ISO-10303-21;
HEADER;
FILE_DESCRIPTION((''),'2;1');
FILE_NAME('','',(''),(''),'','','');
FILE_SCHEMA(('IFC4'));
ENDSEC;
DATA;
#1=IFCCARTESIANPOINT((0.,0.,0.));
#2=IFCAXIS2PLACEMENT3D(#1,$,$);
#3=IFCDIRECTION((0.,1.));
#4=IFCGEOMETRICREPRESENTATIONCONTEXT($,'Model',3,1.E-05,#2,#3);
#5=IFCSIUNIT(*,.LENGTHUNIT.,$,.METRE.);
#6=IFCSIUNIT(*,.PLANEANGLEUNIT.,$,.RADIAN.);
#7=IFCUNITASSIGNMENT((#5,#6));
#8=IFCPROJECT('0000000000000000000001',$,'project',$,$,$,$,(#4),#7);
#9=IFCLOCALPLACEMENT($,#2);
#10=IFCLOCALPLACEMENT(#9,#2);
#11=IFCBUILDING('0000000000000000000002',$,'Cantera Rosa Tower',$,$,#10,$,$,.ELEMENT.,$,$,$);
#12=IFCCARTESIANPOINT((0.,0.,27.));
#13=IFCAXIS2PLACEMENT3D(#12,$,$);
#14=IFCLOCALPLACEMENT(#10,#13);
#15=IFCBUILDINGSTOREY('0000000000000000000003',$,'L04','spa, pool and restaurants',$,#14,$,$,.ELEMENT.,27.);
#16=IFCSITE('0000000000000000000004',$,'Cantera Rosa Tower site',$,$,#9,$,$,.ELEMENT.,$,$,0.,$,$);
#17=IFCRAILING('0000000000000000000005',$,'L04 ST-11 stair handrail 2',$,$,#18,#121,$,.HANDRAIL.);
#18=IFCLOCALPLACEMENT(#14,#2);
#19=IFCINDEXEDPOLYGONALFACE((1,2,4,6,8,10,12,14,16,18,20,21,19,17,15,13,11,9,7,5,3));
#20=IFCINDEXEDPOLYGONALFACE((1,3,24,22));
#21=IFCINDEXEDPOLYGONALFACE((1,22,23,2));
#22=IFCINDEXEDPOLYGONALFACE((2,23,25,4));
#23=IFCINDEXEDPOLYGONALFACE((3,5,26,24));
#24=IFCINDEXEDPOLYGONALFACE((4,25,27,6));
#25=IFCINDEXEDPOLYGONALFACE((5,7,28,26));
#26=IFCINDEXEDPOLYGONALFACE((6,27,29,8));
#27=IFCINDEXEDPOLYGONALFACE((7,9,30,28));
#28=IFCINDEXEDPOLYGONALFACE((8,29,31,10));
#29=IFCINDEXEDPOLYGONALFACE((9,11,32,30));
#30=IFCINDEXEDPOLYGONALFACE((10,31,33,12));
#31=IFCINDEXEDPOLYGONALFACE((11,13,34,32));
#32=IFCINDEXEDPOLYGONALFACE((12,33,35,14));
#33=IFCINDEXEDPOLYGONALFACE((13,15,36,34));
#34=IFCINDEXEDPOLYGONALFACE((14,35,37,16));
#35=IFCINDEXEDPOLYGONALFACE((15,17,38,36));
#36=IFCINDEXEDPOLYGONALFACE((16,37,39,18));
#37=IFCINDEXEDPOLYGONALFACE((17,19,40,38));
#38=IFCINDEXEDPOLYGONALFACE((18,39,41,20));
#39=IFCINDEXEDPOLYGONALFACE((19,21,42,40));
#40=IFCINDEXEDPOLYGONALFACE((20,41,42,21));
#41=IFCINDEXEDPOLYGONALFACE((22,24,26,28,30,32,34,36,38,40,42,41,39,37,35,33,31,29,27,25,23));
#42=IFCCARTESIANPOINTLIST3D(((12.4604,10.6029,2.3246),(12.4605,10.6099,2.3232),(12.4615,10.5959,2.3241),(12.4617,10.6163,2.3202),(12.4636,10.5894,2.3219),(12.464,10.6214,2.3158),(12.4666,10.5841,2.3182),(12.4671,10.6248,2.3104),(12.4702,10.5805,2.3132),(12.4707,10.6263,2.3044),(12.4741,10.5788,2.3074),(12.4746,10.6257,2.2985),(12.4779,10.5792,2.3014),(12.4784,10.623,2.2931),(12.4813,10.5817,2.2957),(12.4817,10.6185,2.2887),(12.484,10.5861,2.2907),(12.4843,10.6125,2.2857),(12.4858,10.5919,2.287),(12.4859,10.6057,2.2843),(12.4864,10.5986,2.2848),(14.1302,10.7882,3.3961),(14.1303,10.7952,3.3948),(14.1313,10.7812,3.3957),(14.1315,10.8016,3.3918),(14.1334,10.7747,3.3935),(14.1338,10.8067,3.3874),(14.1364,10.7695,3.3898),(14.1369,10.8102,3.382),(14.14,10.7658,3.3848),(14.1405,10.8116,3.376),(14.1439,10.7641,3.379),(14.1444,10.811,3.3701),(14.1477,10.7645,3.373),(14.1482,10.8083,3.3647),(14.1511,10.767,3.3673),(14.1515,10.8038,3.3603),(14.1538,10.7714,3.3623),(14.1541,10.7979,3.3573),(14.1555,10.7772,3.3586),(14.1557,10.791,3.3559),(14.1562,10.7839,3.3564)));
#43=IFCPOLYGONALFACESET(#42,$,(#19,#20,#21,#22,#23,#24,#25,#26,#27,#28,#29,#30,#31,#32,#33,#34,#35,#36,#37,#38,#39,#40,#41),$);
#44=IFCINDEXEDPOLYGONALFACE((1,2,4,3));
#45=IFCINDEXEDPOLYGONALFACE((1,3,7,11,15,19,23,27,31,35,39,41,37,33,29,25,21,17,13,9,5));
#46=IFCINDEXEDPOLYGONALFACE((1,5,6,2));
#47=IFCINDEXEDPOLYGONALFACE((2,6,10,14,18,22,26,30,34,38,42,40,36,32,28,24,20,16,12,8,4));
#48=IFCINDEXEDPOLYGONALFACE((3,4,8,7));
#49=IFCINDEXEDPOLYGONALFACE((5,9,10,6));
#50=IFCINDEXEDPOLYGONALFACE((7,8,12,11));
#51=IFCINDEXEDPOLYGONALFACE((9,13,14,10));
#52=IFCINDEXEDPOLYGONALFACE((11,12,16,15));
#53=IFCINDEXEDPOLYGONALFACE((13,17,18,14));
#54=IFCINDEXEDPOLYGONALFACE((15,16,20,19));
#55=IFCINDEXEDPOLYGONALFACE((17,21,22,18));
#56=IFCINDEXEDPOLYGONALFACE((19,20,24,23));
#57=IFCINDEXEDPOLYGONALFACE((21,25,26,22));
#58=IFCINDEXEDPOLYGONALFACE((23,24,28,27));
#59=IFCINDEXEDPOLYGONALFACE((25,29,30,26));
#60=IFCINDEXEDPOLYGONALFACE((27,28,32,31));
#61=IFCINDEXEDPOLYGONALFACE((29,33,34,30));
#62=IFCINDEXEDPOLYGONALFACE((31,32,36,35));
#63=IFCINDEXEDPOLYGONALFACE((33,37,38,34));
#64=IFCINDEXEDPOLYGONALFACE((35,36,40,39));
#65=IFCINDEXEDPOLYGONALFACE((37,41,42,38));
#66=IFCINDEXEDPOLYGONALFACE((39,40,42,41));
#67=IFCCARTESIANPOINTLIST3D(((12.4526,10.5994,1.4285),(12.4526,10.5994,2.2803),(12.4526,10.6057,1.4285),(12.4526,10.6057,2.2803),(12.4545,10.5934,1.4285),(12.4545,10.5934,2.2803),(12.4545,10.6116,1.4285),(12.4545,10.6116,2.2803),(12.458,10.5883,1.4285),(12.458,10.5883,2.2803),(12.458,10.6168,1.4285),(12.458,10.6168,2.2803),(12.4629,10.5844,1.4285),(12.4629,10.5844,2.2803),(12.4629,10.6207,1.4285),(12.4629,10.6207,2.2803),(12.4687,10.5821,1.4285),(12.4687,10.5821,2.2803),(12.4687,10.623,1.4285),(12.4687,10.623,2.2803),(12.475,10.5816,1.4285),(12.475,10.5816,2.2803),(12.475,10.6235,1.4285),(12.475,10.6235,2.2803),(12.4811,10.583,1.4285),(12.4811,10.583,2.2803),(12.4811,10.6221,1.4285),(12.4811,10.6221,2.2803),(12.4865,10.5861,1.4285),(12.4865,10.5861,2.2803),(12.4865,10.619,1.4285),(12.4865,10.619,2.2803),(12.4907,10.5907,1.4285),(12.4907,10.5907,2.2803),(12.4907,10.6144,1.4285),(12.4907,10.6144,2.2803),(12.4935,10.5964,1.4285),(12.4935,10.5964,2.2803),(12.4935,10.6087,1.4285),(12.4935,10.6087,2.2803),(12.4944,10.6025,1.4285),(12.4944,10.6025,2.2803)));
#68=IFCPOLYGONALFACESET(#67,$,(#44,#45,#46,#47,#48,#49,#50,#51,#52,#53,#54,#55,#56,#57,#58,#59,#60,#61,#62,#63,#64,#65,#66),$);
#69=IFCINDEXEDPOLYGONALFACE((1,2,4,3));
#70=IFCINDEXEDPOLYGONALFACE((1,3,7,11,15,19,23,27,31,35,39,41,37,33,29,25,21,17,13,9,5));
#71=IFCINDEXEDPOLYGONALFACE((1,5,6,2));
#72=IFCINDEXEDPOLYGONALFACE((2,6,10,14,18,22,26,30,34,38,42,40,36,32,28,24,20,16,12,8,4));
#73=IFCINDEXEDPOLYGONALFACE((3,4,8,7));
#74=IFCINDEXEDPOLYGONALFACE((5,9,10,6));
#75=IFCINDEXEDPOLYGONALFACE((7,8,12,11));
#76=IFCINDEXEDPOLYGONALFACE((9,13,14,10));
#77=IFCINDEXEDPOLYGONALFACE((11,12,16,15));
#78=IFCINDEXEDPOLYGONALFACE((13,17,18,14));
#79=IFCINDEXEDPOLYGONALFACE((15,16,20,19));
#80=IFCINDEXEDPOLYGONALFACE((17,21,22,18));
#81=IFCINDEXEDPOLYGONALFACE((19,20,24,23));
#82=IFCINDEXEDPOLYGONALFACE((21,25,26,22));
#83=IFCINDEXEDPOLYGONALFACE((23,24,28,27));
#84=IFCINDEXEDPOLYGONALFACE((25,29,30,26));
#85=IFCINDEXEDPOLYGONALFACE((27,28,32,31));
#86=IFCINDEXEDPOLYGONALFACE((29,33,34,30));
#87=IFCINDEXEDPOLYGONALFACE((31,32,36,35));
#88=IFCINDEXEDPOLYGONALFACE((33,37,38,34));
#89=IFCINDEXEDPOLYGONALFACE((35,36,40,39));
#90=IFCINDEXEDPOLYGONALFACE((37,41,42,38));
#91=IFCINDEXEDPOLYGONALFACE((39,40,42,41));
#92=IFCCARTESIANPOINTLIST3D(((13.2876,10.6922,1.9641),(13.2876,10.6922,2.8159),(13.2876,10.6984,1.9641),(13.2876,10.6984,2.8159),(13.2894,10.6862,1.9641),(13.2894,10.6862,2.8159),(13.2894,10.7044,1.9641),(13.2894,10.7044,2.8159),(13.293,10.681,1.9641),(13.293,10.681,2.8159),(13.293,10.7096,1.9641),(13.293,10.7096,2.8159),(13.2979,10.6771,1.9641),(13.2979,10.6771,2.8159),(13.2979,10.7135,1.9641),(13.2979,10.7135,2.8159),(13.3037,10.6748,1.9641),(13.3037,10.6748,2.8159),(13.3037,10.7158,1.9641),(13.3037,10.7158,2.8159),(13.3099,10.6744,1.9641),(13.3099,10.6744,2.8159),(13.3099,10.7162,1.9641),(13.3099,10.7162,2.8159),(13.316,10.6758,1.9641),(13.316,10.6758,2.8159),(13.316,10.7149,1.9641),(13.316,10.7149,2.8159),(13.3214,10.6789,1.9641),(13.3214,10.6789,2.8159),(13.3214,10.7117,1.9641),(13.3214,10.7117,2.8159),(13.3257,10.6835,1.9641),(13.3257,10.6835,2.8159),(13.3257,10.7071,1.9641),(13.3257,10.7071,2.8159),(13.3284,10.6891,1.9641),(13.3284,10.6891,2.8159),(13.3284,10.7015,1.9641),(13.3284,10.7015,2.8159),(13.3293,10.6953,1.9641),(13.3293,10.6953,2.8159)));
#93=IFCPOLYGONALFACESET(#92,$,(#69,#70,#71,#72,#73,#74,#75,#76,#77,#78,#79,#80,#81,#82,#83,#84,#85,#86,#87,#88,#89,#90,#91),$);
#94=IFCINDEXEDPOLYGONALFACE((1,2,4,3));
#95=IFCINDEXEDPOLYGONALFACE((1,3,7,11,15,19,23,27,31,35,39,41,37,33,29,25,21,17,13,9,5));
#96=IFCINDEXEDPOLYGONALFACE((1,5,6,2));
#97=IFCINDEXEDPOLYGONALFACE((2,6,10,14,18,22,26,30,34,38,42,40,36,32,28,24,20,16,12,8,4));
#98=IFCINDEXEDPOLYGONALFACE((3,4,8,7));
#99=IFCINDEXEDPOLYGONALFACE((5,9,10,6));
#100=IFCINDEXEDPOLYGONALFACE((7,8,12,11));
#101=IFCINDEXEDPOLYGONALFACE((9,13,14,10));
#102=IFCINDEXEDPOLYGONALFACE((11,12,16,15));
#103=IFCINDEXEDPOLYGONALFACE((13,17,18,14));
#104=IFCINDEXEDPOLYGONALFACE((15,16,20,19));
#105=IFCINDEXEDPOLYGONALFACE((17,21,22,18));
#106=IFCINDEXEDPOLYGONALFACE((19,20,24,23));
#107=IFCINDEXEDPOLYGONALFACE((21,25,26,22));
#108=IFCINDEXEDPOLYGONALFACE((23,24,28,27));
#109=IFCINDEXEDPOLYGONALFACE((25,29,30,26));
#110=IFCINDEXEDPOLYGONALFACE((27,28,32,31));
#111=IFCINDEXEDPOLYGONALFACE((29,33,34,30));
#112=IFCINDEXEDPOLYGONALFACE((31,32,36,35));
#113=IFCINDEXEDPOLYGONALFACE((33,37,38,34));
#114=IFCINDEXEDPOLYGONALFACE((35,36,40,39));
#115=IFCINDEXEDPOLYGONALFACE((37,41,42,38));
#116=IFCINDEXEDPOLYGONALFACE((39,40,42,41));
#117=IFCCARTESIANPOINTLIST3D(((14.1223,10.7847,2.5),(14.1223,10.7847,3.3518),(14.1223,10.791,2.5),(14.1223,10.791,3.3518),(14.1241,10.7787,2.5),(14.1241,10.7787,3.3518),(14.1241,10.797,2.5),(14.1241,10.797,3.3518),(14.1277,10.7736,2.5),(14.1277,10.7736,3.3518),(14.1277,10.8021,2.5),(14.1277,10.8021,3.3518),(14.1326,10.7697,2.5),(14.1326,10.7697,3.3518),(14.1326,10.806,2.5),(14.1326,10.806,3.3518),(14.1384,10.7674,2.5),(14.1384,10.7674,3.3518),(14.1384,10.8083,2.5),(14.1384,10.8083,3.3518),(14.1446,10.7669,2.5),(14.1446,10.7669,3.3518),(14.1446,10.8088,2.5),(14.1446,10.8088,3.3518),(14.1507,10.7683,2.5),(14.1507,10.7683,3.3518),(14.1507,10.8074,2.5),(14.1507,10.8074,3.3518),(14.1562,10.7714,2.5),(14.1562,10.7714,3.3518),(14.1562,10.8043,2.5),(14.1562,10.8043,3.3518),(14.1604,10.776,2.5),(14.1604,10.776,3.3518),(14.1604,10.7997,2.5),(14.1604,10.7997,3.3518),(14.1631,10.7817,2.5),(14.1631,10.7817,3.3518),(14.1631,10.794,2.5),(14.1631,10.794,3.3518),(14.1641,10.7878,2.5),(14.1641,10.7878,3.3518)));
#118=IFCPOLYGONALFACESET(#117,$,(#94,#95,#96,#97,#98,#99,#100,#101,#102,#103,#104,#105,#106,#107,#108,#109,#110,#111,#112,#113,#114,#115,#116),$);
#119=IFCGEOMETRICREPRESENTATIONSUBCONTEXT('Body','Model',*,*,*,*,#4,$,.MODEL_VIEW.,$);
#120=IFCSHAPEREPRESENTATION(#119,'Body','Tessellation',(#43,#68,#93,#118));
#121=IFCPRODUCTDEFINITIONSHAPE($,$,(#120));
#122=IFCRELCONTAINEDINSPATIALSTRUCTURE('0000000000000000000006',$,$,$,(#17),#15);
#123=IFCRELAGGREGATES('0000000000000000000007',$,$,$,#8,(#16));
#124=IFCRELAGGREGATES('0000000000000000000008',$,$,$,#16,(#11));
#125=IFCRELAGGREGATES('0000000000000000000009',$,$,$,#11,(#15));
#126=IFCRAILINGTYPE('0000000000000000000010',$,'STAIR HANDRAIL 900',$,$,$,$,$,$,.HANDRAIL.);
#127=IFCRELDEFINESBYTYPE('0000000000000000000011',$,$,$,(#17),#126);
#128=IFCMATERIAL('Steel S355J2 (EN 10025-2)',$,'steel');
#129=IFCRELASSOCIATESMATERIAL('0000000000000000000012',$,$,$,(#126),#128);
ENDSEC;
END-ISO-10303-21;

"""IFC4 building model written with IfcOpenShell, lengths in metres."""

from ifc_helpers import new_model, si_unit, direction, frame, origin, origin_2d, place, context, subcontext, project, spatial, circle, extrude, material, type_object, element, save


model = new_model("IFC4")

# Units and contexts
model_context = context("Model", 3, precision=1e-05, world=origin(), true_north=direction((0.0, 1.0)))
body_context = subcontext(model_context, "Body", "Model", "MODEL_VIEW")
ifc_project = project(units=[si_unit("LENGTHUNIT", "METRE"), si_unit("PLANEANGLEUNIT", "RADIAN")], contexts=[model_context])

# Site, building, storey
site_placement = place(None, origin())
site = spatial("IfcSite", under=ifc_project, at=site_placement, Name="Cantera Rosa Tower site", CompositionType="ELEMENT", RefElevation=0.0)
building_placement = place(site_placement, origin())
building = spatial("IfcBuilding", under=site, at=building_placement, Name="Cantera Rosa Tower", CompositionType="ELEMENT")
storey_placement = place(building_placement, frame((0.0, 0.0, 27.0)))
storey = spatial("IfcBuildingStorey", under=building, at=storey_placement, Name="L04", Description="spa, pool and restaurants", CompositionType="ELEMENT", Elevation=27.0)

# Railing
ifc_material_1 = material(Name="Steel S355J2 (EN 10025-2)", Category="steel")
railing_type_1 = type_object("IfcRailingType", Name="STAIR HANDRAIL 900", PredefinedType="HANDRAIL", material=ifc_material_1)
railing_1_placement = place(storey_placement, frame((12.4734, 10.6025, 1.4285)))
element("IfcRailing", 1, at=railing_1_placement, inside=storey, type_object=railing_type_1, Name="L04 ST-11 stair handrail 2", PredefinedType="HANDRAIL", context=body_context, shape_type="SweptSolid", body=[
    extrude(circle(Radius=0.0239, at=origin_2d()), frame((0.0, 0.0, 0.876), z_axis=(0.837951, 0.092997, 0.537764), x_axis=(-0.110304, 0.993898, 0.0)), (0.0, 0.0, 1.0), 1.9927),
    extrude(circle(Radius=0.021, at=origin_2d()), origin(), (0.0, 0.0, 1.0), 0.8518),
    extrude(circle(Radius=0.021, at=origin_2d()), frame((0.835, 0.0928, 0.5356)), (0.0, 0.0, 1.0), 0.8518),
    extrude(circle(Radius=0.021, at=origin_2d()), frame((1.6697, 0.1853, 1.0715)), (0.0, 0.0, 1.0), 0.8518),
])

save(model, "model.ifc")
